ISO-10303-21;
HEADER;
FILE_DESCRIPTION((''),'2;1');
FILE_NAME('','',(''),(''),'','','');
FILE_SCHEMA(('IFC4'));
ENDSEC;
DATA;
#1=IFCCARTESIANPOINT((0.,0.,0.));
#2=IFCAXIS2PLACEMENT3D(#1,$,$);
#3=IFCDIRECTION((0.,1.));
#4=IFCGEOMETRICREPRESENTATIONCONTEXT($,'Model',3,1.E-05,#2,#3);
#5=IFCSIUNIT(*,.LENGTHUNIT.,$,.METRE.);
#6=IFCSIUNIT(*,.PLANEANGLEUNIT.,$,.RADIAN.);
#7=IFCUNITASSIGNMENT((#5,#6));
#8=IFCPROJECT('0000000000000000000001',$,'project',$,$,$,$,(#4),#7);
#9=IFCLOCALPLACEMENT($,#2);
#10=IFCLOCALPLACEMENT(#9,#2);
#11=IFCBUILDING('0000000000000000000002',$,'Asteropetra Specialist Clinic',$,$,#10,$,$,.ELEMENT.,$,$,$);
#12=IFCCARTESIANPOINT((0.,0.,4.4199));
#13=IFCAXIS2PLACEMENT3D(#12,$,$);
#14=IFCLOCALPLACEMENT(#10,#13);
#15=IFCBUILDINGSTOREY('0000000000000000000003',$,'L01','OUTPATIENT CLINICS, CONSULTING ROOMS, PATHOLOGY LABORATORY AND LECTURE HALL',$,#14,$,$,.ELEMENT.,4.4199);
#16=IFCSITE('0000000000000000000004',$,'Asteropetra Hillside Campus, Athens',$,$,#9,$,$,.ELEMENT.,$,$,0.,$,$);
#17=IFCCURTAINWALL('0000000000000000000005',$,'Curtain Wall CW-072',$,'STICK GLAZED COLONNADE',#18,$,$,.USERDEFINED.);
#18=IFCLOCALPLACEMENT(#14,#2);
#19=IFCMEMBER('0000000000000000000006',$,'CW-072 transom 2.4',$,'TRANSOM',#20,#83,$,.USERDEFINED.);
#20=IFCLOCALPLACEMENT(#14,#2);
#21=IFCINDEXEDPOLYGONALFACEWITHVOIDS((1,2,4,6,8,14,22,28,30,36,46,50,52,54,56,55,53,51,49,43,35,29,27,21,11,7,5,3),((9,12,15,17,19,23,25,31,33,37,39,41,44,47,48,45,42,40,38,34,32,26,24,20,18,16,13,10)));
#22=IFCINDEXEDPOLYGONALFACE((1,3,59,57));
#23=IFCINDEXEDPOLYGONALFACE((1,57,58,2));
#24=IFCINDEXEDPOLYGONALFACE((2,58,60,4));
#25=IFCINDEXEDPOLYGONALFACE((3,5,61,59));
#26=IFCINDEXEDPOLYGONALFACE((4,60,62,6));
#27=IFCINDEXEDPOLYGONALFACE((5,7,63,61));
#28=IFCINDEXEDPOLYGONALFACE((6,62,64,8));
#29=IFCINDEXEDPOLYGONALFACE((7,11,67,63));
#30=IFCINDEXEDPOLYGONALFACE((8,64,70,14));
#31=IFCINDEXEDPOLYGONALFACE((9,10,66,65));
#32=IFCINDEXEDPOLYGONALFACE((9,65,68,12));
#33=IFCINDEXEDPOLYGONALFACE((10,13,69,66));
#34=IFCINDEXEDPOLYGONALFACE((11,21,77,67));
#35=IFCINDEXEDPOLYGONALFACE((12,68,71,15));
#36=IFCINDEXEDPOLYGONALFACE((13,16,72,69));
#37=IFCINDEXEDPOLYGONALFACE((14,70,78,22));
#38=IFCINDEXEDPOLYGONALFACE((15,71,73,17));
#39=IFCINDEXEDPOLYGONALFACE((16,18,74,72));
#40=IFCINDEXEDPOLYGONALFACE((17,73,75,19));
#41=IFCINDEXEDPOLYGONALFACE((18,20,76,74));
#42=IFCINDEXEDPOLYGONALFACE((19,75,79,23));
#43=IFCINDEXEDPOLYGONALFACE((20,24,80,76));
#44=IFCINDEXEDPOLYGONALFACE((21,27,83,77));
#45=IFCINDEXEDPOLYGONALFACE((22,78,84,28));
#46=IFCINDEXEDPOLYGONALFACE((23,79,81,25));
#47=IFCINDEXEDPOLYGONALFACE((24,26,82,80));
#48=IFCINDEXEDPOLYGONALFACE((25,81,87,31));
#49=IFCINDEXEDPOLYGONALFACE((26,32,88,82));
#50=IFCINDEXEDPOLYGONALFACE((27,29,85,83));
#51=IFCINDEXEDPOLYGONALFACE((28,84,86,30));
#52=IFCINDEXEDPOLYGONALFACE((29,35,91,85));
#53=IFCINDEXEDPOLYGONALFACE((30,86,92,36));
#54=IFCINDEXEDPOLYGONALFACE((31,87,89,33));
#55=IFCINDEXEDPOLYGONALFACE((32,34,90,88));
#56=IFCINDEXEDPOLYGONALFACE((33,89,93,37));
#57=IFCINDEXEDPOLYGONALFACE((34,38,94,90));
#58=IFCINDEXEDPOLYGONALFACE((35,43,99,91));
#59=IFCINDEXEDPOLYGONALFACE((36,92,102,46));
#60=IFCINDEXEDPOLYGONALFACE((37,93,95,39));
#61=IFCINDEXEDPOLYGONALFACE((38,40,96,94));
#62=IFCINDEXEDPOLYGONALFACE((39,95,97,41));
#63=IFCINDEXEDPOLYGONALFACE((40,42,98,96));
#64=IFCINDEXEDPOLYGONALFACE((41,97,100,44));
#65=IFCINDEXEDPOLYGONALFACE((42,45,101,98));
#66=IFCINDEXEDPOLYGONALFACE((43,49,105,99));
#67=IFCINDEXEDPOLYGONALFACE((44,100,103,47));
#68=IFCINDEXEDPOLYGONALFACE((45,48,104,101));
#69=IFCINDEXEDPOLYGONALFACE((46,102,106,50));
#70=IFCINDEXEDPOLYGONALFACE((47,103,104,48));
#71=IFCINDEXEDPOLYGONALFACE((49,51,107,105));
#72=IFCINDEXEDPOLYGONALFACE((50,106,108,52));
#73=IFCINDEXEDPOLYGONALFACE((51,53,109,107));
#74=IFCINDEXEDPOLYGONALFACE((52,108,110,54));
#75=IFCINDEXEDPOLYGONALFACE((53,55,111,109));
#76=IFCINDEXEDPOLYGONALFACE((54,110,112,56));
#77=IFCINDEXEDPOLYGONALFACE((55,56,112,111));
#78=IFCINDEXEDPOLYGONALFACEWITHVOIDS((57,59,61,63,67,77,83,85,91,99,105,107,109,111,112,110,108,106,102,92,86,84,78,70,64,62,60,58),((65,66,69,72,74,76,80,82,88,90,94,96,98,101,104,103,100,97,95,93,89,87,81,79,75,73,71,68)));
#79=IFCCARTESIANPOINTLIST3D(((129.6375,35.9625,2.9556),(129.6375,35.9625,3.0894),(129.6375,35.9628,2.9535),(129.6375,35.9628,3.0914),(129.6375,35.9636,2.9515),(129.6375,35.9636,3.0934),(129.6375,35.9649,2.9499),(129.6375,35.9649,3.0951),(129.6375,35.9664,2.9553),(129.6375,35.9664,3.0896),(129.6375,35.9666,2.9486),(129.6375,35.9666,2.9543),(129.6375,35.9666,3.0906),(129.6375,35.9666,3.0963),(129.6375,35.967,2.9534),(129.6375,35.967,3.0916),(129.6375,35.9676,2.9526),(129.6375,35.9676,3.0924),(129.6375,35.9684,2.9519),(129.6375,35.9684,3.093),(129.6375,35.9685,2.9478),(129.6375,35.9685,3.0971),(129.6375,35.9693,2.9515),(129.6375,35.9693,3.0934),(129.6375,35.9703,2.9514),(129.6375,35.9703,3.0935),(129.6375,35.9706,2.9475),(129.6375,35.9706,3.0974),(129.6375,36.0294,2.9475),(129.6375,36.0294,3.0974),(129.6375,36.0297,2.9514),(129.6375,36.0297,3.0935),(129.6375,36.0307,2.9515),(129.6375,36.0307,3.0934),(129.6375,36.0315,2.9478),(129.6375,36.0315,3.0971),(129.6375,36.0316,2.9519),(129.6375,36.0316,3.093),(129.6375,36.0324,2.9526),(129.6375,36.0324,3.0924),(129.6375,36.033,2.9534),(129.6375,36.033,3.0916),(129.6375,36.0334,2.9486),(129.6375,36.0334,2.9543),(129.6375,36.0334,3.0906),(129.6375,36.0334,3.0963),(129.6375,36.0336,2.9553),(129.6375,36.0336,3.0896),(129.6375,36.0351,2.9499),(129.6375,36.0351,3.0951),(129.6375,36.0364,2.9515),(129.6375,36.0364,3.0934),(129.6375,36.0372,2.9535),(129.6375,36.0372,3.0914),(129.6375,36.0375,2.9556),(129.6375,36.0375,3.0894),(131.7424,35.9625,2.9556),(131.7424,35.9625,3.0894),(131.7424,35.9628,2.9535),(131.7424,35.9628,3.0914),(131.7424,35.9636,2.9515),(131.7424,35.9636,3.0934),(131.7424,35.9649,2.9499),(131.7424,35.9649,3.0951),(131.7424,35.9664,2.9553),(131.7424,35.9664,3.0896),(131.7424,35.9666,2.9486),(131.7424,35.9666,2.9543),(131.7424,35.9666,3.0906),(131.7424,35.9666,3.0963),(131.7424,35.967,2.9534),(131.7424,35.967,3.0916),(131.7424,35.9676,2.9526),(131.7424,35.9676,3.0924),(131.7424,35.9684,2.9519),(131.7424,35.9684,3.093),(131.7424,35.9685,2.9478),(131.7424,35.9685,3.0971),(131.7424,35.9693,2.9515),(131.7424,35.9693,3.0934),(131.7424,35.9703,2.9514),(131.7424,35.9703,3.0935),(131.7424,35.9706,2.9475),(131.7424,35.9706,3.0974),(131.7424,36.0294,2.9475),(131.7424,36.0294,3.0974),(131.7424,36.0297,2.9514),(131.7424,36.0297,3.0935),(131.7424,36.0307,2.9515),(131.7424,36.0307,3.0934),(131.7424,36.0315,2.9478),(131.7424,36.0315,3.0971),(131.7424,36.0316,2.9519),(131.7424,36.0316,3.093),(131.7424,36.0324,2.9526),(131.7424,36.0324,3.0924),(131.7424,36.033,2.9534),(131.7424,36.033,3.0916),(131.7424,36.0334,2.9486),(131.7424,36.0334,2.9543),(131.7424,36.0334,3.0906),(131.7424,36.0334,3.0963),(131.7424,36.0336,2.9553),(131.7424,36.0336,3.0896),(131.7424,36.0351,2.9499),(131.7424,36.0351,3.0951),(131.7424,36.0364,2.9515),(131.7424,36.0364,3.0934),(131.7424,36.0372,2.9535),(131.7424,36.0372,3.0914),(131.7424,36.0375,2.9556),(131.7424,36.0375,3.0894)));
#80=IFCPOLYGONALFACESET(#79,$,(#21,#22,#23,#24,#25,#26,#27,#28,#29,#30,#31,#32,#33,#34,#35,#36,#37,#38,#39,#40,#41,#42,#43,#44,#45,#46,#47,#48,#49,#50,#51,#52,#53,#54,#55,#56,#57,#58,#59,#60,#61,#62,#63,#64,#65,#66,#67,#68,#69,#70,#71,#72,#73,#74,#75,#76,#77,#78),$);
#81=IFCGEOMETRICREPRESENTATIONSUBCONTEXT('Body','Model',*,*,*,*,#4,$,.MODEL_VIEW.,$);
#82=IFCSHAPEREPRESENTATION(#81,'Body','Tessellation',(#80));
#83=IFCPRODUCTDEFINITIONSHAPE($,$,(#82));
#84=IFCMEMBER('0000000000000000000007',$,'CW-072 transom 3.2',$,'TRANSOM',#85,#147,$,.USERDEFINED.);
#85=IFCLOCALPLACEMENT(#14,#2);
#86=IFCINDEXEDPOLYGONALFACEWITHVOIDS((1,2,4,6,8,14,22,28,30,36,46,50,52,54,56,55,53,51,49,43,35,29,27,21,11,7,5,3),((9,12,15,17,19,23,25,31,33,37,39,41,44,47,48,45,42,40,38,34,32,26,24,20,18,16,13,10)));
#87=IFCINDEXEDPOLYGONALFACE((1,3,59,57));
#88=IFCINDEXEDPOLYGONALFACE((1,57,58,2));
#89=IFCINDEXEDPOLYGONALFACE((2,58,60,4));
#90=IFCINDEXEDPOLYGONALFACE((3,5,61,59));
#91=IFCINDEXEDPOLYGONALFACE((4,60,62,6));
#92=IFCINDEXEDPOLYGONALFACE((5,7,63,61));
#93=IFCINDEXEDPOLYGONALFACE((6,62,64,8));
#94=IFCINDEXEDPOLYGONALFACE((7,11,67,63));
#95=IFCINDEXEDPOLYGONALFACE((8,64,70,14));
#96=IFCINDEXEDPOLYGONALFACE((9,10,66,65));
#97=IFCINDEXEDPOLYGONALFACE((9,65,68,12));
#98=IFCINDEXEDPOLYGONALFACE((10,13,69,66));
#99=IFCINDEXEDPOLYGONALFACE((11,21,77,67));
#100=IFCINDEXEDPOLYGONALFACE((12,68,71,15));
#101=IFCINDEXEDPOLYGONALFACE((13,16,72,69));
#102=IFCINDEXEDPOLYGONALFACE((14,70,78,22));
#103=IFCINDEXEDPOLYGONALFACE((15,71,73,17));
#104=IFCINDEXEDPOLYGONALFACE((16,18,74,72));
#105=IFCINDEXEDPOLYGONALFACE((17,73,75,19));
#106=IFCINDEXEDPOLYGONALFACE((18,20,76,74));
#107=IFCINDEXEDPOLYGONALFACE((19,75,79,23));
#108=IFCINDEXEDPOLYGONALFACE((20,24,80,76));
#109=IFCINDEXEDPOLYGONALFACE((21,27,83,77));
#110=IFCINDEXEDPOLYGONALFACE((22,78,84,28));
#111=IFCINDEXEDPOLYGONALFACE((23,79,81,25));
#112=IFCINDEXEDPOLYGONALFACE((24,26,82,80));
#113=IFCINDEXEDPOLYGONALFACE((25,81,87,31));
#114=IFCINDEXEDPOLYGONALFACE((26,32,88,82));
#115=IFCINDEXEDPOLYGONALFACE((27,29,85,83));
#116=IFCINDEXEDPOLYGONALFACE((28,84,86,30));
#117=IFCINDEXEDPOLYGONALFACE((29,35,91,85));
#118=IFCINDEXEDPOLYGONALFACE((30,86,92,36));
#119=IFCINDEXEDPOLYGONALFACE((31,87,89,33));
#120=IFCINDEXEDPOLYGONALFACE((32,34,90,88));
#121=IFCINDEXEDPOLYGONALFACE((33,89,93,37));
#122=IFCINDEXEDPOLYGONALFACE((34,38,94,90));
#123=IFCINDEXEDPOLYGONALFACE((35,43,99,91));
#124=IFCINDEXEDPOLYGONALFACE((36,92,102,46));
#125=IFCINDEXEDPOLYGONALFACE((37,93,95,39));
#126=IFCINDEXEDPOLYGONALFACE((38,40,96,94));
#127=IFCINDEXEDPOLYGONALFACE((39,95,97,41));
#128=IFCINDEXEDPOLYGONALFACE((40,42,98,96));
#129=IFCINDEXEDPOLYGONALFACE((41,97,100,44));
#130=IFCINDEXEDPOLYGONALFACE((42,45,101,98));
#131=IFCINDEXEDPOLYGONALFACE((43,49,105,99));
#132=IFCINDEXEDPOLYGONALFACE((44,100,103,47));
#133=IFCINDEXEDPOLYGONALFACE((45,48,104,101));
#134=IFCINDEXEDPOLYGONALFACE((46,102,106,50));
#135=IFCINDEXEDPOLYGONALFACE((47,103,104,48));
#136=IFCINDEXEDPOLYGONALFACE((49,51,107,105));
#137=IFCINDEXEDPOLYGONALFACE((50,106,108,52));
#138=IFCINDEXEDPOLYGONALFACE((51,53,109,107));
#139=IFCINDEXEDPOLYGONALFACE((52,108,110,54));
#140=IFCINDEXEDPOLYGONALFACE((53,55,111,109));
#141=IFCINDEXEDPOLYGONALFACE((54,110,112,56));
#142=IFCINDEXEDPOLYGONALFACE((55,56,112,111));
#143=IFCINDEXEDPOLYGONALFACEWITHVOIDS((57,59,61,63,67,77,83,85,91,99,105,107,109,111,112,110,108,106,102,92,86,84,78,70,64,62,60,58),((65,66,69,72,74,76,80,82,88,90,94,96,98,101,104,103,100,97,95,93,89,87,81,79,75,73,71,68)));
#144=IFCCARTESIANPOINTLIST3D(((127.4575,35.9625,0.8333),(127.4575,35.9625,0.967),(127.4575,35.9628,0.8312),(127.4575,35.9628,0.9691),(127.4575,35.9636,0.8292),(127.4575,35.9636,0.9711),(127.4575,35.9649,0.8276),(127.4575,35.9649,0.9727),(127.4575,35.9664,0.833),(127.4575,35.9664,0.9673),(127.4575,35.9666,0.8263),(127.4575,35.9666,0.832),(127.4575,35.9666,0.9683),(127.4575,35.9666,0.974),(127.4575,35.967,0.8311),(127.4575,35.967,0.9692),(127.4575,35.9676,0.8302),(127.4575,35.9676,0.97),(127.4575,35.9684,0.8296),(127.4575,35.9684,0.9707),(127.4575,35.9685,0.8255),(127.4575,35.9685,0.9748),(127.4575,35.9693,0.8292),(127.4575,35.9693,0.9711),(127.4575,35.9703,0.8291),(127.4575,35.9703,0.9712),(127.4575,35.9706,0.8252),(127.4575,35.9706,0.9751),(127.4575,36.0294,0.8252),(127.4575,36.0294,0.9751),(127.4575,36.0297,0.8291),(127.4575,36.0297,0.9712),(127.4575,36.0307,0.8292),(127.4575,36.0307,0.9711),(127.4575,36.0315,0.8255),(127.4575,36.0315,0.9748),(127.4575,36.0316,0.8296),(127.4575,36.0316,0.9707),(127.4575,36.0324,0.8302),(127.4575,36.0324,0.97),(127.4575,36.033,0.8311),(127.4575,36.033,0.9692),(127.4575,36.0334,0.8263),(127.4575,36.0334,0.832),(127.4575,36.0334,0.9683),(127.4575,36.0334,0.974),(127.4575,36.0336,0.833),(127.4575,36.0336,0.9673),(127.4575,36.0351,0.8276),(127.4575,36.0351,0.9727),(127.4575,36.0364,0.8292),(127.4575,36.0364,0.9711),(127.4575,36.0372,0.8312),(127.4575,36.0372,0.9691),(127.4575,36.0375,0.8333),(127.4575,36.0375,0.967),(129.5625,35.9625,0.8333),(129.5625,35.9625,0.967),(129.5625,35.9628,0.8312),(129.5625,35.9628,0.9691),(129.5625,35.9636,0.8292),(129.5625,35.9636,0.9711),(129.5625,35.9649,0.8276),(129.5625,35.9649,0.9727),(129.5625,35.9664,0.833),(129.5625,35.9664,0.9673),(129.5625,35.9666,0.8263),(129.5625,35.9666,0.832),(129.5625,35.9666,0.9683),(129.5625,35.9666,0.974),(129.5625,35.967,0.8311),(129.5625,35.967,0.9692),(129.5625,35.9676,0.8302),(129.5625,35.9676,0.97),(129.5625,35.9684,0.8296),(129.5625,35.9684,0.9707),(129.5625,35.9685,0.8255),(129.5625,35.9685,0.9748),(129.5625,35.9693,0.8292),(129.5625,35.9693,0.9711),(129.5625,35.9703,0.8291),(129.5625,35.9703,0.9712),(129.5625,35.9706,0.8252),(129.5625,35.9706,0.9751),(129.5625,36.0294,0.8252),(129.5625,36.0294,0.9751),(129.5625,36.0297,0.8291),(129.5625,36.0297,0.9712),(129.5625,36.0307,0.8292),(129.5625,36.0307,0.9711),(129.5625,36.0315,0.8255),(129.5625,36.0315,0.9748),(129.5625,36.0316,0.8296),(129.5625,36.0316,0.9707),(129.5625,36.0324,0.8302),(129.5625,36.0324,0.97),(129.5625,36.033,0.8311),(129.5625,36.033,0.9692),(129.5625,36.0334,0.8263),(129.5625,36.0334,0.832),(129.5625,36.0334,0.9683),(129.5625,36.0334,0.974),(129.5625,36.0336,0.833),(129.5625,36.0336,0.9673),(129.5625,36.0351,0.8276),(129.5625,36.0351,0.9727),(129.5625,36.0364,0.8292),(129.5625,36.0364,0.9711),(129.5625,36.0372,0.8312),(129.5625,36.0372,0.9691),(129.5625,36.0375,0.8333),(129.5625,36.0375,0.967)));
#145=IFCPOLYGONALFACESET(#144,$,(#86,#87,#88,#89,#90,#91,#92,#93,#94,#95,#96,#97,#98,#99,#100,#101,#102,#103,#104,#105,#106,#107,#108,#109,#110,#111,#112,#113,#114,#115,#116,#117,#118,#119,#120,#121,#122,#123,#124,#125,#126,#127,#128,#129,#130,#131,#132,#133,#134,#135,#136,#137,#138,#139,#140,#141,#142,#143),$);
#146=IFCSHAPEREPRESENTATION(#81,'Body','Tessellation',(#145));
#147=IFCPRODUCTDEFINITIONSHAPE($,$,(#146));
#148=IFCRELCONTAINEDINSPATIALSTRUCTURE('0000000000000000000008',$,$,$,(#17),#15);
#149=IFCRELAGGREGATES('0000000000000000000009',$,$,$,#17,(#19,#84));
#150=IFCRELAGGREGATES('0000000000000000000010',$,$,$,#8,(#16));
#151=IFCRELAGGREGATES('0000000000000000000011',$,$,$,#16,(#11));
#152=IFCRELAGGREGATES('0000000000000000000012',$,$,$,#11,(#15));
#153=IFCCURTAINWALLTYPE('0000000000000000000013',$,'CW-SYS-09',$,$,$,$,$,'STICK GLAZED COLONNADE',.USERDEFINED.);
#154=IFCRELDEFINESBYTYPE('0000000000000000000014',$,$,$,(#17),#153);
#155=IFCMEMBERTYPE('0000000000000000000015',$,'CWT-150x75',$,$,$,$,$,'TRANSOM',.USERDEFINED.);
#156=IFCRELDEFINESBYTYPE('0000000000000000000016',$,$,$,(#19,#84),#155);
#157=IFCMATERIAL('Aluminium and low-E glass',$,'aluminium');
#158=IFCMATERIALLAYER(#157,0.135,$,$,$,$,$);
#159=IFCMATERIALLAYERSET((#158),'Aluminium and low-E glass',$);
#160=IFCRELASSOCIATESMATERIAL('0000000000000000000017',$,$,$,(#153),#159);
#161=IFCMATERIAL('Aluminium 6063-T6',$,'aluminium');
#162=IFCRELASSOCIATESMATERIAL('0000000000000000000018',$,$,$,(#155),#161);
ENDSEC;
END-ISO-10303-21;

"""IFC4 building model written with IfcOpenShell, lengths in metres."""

from ifc_helpers import new_model, si_unit, direction, frame, origin, origin_2d, place, context, subcontext, project, spatial, hollow_rectangle, extrude, material, layer, layer_set, material_profile, profile_set, type_object, element, aggregate, save


model = new_model("IFC4")

# Units and contexts
model_context = context("Model", 3, precision=1e-05, world=origin(), true_north=direction((0.0, 1.0)))
body_context = subcontext(model_context, "Body", "Model", "MODEL_VIEW")
ifc_project = project(units=[si_unit("LENGTHUNIT", "METRE"), si_unit("PLANEANGLEUNIT", "RADIAN")], contexts=[model_context])

# Site, building, storey
site_placement = place(None, origin())
site = spatial("IfcSite", under=ifc_project, at=site_placement, Name="Asteropetra Hillside Campus, Athens", CompositionType="ELEMENT", RefElevation=0.0)
building_placement = place(site_placement, origin())
building = spatial("IfcBuilding", under=site, at=building_placement, Name="Asteropetra Specialist Clinic", CompositionType="ELEMENT")
storey_placement = place(building_placement, frame((0.0, 0.0, 4.4199)))
storey = spatial("IfcBuildingStorey", under=building, at=storey_placement, Name="L01", Description="OUTPATIENT CLINICS, CONSULTING ROOMS, PATHOLOGY LABORATORY AND LECTURE HALL", CompositionType="ELEMENT", Elevation=4.4199)

# Curtain wall, members
ifc_material_1 = material(Name="Aluminium and low-E glass", Category="aluminium")
ifc_layer_1 = layer(ifc_material_1, 0.135)
ifc_layer_set_1 = layer_set([ifc_layer_1], Name="Aluminium and low-E glass")
curtain_wall_type = type_object("IfcCurtainWallType", Name="CW-SYS-09", ElementType="STICK GLAZED COLONNADE", PredefinedType="USERDEFINED", material=ifc_layer_set_1)
curtain_wall_placement = place(storey_placement, origin())
curtain_wall = element("IfcCurtainWall", 1, at=curtain_wall_placement, inside=storey, type_object=curtain_wall_type, Name="Curtain Wall CW-072", ObjectType="STICK GLAZED COLONNADE", PredefinedType="USERDEFINED")
ifc_material_2 = material(Name="Aluminium 6063-T6", Category="aluminium")
ifc_material_profile_1 = material_profile(ifc_material_2, hollow_rectangle(XDim=0.075, YDim=0.1499, WallThickness=0.0039, InnerFilletRadius=0.0039, OuterFilletRadius=0.0081, at=origin_2d()), Name="TRN 150x75x4.0")
ifc_profile_set_1 = profile_set([ifc_material_profile_1], Name="Aluminium 6063-T6")
member_type_1 = type_object("IfcMemberType", Name="CWT-150x75", ElementType="TRANSOM", PredefinedType="USERDEFINED", material=ifc_profile_set_1)
member_1_placement = place(storey_placement, frame((131.7424, 36.0, 3.0225), z_axis=(-1.0, 0.0, 0.0), x_axis=(0.0, -1.0, 0.0)))
member_1 = element("IfcMember", 2, at=member_1_placement, type_object=member_type_1, Name="CW-072 transom 2.4", ObjectType="TRANSOM", PredefinedType="USERDEFINED", context=body_context, shape_type="SweptSolid", body=[
    extrude(hollow_rectangle(XDim=0.075, YDim=0.1499, WallThickness=0.0039, InnerFilletRadius=0.0039, OuterFilletRadius=0.0081, at=origin_2d()), origin(), (0.0, 0.0, 1.0), 2.105),
])
member_2_placement = place(storey_placement, frame((129.5625, 36.0, 0.9001), z_axis=(-1.0, 0.0, 0.0), x_axis=(0.0, -1.0, 0.0)))
member_2 = element("IfcMember", 3, at=member_2_placement, type_object=member_type_1, Name="CW-072 transom 3.2", ObjectType="TRANSOM", PredefinedType="USERDEFINED", context=body_context, shape_type="SweptSolid", body=[
    extrude(hollow_rectangle(XDim=0.075, YDim=0.1499, WallThickness=0.0039, InnerFilletRadius=0.0039, OuterFilletRadius=0.0081, at=origin_2d()), origin(), (0.0, 0.0, 1.0), 2.105),
])
aggregate(curtain_wall, [member_1, member_2])

save(model, "model.ifc")
